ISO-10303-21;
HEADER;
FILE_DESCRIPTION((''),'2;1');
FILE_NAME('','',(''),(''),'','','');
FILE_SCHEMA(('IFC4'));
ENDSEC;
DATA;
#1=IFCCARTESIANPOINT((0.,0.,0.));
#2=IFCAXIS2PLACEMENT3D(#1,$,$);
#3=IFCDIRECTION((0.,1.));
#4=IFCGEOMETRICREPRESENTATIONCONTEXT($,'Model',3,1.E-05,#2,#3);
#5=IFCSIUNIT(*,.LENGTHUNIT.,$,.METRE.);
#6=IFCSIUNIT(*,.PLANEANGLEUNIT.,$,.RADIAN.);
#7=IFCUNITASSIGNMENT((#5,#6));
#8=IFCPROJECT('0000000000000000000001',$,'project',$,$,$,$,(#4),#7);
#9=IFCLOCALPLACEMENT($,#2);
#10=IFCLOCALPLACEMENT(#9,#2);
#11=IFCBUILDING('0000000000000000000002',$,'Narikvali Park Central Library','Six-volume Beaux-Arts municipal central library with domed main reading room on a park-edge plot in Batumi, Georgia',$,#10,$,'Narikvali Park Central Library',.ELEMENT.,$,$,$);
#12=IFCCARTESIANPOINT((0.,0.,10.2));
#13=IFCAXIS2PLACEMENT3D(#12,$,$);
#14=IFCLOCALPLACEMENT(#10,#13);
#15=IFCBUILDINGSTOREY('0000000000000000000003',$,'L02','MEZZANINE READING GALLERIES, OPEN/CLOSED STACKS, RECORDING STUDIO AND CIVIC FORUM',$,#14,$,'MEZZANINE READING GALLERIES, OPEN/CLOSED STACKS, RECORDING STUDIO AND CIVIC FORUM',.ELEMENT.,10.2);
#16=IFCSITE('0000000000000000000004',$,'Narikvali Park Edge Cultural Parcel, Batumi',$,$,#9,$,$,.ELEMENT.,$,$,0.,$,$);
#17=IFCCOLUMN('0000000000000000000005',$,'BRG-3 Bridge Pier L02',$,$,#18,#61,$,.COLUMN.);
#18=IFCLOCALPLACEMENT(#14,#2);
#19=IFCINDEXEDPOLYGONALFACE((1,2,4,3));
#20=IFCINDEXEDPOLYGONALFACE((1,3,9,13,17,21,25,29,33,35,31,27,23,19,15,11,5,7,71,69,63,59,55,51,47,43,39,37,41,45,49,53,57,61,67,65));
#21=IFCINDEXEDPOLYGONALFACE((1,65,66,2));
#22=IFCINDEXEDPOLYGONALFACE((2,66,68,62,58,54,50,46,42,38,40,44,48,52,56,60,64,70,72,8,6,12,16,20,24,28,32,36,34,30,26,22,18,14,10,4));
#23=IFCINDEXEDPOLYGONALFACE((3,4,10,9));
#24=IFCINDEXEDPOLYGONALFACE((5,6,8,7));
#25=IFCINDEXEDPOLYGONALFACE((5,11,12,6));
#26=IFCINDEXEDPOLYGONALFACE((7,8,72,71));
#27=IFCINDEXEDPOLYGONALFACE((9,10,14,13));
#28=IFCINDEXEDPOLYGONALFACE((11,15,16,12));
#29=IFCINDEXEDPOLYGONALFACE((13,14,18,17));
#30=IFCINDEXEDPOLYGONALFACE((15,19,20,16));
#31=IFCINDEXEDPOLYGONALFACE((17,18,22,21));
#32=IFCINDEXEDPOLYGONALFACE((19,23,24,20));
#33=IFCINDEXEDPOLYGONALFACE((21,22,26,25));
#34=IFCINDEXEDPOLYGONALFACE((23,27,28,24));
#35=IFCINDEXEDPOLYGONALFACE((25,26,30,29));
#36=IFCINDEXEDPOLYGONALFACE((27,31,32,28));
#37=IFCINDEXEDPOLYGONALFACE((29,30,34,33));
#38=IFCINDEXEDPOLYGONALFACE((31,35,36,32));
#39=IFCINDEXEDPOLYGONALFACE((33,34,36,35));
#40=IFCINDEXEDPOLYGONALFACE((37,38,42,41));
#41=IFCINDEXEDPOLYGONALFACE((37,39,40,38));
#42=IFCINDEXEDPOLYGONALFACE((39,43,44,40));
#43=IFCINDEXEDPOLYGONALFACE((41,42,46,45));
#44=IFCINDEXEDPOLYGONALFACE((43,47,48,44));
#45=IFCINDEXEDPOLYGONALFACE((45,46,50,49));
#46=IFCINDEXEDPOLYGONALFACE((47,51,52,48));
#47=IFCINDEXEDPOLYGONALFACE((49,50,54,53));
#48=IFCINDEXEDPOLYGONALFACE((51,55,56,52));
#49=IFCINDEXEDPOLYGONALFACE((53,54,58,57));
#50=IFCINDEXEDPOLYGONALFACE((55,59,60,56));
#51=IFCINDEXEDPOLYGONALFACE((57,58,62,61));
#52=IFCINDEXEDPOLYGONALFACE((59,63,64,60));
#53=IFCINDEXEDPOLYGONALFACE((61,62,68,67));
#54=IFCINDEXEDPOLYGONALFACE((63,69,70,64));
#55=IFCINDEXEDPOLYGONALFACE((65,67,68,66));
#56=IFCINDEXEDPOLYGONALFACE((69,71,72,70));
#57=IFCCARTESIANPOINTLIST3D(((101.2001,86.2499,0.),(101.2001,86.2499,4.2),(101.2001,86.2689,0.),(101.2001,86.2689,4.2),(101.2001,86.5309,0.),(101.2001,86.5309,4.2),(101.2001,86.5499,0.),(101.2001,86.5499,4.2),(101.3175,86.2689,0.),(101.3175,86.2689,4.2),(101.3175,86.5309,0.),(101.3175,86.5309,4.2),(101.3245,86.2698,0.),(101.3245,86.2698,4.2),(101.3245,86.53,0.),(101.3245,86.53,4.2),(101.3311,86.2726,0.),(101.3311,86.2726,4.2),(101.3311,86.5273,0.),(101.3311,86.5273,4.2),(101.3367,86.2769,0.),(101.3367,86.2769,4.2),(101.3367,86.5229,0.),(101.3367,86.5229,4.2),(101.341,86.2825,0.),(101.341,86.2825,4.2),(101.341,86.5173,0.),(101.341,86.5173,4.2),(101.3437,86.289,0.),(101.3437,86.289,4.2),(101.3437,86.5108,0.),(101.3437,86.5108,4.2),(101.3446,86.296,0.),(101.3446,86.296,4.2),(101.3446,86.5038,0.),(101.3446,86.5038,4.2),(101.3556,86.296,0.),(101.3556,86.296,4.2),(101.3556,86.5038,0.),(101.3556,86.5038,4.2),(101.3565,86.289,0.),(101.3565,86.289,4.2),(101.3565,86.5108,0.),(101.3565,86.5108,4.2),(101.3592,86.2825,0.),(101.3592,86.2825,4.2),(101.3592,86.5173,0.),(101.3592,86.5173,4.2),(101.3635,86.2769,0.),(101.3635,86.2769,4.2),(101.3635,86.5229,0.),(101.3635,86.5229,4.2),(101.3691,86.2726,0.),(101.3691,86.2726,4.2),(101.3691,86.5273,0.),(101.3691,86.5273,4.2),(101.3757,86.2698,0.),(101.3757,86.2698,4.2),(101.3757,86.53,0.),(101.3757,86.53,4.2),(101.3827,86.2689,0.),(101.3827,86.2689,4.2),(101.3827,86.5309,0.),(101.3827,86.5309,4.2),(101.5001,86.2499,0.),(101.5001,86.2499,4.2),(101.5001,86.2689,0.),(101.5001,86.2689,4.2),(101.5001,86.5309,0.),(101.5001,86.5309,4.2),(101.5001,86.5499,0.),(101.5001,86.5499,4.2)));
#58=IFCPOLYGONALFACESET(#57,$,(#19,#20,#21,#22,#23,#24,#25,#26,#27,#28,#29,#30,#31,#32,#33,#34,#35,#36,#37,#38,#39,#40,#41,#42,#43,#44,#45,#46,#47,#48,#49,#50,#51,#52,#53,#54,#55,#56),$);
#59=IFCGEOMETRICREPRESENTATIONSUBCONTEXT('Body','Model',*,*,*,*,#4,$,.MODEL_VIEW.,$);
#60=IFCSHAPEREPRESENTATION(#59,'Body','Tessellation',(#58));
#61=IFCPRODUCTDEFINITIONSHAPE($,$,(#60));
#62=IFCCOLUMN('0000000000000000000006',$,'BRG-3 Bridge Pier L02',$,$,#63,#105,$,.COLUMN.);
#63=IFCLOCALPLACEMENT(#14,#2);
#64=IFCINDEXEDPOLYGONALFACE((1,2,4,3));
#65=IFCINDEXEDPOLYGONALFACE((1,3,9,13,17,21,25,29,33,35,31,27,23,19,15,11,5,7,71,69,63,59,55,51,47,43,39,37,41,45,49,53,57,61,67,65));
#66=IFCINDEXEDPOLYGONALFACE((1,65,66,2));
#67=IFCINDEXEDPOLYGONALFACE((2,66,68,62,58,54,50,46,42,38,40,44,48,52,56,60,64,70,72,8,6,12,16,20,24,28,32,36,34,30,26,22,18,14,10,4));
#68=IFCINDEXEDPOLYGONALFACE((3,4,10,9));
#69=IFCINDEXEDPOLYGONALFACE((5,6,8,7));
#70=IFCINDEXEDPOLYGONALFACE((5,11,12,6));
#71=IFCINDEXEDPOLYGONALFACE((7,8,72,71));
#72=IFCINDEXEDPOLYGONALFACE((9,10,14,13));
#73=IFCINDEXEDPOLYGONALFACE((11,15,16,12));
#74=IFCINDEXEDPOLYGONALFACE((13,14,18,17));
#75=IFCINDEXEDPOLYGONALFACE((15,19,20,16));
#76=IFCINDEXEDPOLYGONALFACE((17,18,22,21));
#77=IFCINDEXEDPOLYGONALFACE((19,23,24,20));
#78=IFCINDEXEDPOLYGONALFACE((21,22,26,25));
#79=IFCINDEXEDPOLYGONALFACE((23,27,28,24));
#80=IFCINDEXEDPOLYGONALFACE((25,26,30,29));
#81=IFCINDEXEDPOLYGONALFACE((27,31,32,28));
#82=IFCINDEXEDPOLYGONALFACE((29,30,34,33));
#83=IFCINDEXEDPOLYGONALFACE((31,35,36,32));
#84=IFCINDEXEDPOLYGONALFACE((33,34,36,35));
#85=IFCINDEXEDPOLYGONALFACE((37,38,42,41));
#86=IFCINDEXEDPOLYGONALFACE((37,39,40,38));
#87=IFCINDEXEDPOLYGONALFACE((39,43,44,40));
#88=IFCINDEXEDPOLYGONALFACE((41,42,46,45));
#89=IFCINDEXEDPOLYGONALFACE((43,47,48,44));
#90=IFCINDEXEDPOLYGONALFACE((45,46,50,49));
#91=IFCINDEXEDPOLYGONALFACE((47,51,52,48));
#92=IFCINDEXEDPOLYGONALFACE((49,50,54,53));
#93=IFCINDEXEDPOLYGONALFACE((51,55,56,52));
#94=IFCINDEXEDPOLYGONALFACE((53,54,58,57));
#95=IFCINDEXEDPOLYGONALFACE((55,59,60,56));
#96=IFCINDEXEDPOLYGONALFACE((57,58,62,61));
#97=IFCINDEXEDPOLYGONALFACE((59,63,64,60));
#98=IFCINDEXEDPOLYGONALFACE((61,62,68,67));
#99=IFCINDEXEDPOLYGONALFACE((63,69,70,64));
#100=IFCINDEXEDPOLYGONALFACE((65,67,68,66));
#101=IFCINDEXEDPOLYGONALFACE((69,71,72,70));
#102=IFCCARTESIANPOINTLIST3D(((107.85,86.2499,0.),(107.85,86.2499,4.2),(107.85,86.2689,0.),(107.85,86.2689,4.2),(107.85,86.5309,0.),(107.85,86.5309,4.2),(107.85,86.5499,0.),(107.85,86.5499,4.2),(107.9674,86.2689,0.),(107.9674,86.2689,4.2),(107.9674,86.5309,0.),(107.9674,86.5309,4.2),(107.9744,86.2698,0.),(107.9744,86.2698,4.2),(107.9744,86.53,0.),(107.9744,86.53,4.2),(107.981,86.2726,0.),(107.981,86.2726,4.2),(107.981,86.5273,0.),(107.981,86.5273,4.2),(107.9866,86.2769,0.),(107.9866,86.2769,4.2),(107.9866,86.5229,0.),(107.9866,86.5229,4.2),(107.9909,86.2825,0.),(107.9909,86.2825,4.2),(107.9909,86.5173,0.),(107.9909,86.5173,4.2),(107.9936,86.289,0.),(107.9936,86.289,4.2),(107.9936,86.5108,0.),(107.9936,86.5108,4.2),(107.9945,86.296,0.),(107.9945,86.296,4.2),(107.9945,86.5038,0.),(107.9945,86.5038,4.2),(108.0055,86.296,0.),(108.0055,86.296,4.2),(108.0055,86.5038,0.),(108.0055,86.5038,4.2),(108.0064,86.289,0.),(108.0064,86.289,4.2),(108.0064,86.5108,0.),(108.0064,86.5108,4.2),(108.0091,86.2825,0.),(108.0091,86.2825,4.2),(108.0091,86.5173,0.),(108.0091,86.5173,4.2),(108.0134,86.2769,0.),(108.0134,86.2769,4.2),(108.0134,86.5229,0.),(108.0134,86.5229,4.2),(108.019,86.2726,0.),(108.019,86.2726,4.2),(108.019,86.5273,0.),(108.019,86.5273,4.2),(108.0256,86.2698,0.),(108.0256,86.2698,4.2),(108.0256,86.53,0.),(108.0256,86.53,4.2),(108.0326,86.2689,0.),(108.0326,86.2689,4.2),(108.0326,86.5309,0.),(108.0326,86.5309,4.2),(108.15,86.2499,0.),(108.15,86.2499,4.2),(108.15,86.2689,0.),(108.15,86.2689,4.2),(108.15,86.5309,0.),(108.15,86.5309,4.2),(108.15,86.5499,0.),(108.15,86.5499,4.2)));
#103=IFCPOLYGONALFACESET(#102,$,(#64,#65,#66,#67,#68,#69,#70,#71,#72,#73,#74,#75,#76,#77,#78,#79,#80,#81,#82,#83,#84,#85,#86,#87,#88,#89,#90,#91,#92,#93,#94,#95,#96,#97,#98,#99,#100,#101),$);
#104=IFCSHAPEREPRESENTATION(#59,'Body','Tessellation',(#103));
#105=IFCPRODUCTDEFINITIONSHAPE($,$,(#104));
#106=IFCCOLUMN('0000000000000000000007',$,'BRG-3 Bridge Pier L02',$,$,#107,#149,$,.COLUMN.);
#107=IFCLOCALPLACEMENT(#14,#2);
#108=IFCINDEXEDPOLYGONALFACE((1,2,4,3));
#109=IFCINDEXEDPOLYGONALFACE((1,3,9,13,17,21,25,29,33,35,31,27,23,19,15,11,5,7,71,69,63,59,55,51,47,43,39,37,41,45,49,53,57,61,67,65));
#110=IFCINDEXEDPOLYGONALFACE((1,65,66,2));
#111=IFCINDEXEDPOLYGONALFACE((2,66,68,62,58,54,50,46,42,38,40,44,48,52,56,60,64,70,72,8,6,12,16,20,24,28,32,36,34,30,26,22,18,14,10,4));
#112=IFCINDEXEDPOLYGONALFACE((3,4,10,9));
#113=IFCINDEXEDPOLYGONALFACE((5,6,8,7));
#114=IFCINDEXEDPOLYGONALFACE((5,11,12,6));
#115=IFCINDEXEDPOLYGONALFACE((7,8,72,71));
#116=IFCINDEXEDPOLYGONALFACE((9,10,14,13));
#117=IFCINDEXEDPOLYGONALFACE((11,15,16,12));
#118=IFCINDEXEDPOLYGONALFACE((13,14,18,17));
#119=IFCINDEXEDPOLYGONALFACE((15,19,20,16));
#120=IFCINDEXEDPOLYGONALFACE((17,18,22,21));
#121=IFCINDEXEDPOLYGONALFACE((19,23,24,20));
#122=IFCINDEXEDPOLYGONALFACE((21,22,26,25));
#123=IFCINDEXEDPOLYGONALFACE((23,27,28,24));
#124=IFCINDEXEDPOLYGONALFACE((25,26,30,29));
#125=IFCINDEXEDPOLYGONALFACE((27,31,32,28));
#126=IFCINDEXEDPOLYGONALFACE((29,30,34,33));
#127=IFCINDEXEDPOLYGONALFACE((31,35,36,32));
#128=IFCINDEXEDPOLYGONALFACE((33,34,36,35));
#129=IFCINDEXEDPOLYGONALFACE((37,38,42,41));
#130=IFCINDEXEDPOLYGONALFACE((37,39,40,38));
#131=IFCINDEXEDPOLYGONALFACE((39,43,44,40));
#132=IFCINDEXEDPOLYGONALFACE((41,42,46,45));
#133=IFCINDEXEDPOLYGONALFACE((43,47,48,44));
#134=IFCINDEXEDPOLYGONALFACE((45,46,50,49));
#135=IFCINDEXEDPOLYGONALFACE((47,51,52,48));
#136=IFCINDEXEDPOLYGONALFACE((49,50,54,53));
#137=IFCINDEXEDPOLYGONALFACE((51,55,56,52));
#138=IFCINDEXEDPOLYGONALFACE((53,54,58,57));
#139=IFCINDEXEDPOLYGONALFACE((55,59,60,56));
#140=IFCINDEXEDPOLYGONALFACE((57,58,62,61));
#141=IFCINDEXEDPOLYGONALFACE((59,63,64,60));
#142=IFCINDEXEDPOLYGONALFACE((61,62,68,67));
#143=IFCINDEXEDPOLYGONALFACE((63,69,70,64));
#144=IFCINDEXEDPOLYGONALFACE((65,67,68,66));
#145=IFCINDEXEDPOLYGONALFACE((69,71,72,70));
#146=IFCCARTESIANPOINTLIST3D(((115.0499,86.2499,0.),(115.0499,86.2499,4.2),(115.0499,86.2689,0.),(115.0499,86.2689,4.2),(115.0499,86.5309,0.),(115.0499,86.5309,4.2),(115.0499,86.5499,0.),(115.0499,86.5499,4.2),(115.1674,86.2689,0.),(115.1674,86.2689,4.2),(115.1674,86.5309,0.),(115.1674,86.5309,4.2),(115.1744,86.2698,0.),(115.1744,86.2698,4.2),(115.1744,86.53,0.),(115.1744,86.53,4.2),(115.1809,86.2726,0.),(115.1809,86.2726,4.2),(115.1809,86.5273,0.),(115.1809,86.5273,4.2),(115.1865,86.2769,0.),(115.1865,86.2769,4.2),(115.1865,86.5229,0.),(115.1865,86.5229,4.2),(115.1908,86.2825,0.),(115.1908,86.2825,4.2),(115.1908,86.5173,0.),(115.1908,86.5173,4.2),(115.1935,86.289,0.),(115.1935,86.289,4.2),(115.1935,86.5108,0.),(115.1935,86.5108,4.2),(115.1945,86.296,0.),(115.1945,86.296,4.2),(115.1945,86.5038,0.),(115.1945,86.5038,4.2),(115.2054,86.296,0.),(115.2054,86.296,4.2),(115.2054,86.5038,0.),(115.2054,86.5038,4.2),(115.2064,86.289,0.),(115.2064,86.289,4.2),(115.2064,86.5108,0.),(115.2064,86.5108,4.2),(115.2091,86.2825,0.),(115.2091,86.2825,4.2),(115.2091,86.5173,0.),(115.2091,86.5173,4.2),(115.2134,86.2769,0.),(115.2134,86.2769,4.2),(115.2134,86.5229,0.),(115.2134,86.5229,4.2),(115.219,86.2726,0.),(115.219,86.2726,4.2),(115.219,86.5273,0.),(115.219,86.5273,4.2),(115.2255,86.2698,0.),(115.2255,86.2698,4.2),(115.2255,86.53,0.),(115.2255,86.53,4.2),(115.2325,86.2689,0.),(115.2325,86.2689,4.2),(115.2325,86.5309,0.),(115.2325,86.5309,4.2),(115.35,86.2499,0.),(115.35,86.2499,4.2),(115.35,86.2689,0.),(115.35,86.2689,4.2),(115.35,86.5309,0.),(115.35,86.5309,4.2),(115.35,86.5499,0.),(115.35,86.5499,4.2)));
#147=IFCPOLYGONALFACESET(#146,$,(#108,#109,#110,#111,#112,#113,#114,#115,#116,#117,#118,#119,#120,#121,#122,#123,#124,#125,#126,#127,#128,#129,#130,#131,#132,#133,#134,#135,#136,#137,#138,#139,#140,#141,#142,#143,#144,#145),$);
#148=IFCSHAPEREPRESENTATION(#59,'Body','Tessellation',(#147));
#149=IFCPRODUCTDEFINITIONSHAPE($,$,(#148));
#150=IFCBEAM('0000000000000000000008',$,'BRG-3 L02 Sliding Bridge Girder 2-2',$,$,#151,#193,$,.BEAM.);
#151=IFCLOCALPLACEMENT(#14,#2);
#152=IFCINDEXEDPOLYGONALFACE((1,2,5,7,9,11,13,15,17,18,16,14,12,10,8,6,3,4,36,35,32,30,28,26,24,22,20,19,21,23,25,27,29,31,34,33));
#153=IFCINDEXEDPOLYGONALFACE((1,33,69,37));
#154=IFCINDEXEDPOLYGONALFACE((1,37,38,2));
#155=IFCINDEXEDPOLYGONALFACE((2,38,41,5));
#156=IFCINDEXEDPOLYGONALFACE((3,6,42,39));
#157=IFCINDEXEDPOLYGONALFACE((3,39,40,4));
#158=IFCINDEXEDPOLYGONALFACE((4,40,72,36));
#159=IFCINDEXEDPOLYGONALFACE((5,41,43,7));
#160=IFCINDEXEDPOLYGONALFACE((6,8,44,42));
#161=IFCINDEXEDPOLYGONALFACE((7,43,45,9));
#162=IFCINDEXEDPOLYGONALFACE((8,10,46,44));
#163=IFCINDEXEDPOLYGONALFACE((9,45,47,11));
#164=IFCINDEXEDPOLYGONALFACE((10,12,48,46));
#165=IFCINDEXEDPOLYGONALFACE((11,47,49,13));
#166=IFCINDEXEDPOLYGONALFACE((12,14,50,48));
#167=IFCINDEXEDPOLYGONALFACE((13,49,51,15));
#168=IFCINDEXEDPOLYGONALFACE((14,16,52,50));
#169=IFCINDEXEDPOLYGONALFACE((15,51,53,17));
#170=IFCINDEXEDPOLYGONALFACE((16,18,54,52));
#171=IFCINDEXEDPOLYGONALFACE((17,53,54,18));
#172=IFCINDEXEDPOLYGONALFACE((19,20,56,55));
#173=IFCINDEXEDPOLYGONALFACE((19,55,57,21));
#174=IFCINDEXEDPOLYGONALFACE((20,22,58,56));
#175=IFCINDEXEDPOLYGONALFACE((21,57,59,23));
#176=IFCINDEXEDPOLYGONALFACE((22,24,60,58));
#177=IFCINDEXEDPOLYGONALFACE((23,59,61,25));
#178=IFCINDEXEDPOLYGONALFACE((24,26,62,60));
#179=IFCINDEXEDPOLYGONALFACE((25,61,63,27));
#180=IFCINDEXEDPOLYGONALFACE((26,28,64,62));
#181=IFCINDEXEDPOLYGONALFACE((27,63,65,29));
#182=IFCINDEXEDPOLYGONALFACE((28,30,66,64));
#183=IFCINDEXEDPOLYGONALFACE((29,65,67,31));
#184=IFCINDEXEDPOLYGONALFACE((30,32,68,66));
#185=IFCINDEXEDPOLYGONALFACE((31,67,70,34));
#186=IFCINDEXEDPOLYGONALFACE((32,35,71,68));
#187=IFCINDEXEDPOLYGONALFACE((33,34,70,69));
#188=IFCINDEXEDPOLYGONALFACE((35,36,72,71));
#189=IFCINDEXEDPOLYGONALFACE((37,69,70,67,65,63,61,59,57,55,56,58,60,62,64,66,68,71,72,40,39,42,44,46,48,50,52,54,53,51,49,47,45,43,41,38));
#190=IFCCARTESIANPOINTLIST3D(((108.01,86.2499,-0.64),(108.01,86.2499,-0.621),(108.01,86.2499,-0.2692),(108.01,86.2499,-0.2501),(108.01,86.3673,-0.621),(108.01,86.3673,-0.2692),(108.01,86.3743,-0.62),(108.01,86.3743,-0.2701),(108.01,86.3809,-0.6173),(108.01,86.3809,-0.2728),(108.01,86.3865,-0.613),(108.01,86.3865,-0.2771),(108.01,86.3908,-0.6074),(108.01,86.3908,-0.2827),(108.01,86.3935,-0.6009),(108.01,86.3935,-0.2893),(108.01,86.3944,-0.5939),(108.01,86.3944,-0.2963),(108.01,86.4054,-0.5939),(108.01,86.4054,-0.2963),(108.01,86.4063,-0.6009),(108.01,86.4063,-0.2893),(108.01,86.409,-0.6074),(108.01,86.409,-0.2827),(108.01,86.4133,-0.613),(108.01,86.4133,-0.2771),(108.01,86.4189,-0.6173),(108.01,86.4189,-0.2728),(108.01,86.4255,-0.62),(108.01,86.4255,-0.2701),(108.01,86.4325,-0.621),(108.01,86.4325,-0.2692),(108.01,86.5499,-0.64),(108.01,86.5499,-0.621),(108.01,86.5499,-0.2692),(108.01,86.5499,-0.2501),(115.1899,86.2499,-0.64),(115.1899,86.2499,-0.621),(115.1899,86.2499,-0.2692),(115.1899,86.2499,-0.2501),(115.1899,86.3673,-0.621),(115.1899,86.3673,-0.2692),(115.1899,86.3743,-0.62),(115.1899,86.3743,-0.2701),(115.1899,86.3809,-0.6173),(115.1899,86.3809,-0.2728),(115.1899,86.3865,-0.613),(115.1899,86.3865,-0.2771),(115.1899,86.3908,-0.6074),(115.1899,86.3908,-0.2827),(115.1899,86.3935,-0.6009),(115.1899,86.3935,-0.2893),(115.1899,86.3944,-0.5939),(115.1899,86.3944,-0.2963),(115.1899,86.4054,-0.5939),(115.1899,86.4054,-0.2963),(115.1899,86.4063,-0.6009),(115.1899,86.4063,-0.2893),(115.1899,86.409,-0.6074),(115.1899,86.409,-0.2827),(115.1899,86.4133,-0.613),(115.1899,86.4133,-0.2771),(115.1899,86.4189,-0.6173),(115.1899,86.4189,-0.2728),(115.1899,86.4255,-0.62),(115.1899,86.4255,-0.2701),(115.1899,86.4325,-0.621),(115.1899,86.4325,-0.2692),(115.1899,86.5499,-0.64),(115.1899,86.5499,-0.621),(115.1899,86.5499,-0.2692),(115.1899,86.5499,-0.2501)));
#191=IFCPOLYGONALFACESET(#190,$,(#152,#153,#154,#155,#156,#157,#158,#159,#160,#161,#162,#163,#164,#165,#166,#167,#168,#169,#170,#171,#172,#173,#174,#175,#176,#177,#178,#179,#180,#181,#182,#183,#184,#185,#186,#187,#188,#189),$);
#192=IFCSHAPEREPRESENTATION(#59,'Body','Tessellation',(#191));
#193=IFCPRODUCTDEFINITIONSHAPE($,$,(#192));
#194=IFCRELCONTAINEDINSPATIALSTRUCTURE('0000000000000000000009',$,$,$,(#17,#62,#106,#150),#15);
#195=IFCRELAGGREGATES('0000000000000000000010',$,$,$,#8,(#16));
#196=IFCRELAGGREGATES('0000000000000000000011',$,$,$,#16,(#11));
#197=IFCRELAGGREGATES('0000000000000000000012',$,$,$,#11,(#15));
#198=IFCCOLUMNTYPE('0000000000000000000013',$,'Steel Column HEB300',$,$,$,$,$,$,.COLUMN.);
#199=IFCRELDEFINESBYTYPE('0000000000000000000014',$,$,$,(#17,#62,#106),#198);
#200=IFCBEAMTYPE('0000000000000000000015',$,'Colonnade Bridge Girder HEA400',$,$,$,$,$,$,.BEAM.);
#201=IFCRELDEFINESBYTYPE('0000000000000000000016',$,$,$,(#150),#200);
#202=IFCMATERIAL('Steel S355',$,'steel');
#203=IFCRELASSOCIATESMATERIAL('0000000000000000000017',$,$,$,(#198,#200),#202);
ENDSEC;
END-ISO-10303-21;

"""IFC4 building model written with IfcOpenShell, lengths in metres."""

from ifc_helpers import new_model, si_unit, direction, frame, origin, origin_2d, place, context, subcontext, project, spatial, i_section, extrude, material, material_profile, profile_set, type_object, element, save


model = new_model("IFC4")

# Units and contexts
model_context = context("Model", 3, precision=1e-05, world=origin(), true_north=direction((0.0, 1.0)))
body_context = subcontext(model_context, "Body", "Model", "MODEL_VIEW")
ifc_project = project(units=[si_unit("LENGTHUNIT", "METRE"), si_unit("PLANEANGLEUNIT", "RADIAN")], contexts=[model_context])

# Site, building, storey
site_placement = place(None, origin())
site = spatial("IfcSite", under=ifc_project, at=site_placement, Name="Narikvali Park Edge Cultural Parcel, Batumi", CompositionType="ELEMENT", RefElevation=0.0)
building_placement = place(site_placement, origin())
building = spatial("IfcBuilding", under=site, at=building_placement, Name="Narikvali Park Central Library", Description="Six-volume Beaux-Arts municipal central library with domed main reading room on a park-edge plot in Batumi, Georgia", LongName="Narikvali Park Central Library", CompositionType="ELEMENT")
storey_placement = place(building_placement, frame((0.0, 0.0, 10.2)))
storey = spatial("IfcBuildingStorey", under=building, at=storey_placement, Name="L02", Description="MEZZANINE READING GALLERIES, OPEN/CLOSED STACKS, RECORDING STUDIO AND CIVIC FORUM", LongName="MEZZANINE READING GALLERIES, OPEN/CLOSED STACKS, RECORDING STUDIO AND CIVIC FORUM", CompositionType="ELEMENT", Elevation=10.2)

# Columns
ifc_material_1 = material(Name="Steel S355", Category="steel")
ifc_material_profile_1 = material_profile(ifc_material_1, i_section(OverallWidth=0.3, OverallDepth=0.3, WebThickness=0.011, FlangeThickness=0.019, FilletRadius=0.0271, at=origin_2d()), Name="HEB 300")
ifc_profile_set_1 = profile_set([ifc_material_profile_1], Name="Steel S355")
column_type = type_object("IfcColumnType", Name="Steel Column HEB300", PredefinedType="COLUMN", material=ifc_profile_set_1)
for number, where, z_axis, x_axis, name in (
    (1, (101.3501, 86.3999, 0.0), (0.0, 0.0, 1.0), (1.0, 0.0, 0.0), "BRG-3 Bridge Pier L02"),
    (2, (108.0, 86.3999, 0.0), (0.0, 0.0, 1.0), (1.0, 0.0, 0.0), "BRG-3 Bridge Pier L02"),
    (3, (115.2, 86.3999, 0.0), (0.0, 0.0, 1.0), (1.0, 0.0, 0.0), "BRG-3 Bridge Pier L02"),
):
    element("IfcColumn", number, at=place(storey_placement, frame(where, z_axis=z_axis, x_axis=x_axis)), inside=storey, type_object=column_type, Name=name, PredefinedType="COLUMN", context=body_context, shape_type="SweptSolid", body=[
        extrude(i_section(OverallWidth=0.3, OverallDepth=0.3, WebThickness=0.011, FlangeThickness=0.019, FilletRadius=0.0271, at=origin_2d()), origin(), (0.0, 0.0, 1.0), 4.2),
    ])

# Beam
ifc_material_profile_2 = material_profile(ifc_material_1, i_section(OverallWidth=0.3, OverallDepth=0.3899, WebThickness=0.011, FlangeThickness=0.019, FilletRadius=0.0271, at=origin_2d()), Name="HEA 400")
ifc_profile_set_2 = profile_set([ifc_material_profile_2], Name="Steel S355")
beam_type = type_object("IfcBeamType", Name="Colonnade Bridge Girder HEA400", PredefinedType="BEAM", material=ifc_profile_set_2)
for number, where, z_axis, x_axis, name in (
    (4, (108.01, 86.3999, -0.4451), (1.0, 0.0, 0.0), (0.0, 1.0, 0.0), "BRG-3 L02 Sliding Bridge Girder 2-2"),
):
    element("IfcBeam", number, at=place(storey_placement, frame(where, z_axis=z_axis, x_axis=x_axis)), inside=storey, type_object=beam_type, Name=name, PredefinedType="BEAM", context=body_context, shape_type="SweptSolid", body=[
        extrude(i_section(OverallWidth=0.3, OverallDepth=0.3899, WebThickness=0.011, FlangeThickness=0.019, FilletRadius=0.0271, at=origin_2d()), origin(), (0.0, 0.0, 1.0), 7.1799),
    ])

save(model, "model.ifc")
